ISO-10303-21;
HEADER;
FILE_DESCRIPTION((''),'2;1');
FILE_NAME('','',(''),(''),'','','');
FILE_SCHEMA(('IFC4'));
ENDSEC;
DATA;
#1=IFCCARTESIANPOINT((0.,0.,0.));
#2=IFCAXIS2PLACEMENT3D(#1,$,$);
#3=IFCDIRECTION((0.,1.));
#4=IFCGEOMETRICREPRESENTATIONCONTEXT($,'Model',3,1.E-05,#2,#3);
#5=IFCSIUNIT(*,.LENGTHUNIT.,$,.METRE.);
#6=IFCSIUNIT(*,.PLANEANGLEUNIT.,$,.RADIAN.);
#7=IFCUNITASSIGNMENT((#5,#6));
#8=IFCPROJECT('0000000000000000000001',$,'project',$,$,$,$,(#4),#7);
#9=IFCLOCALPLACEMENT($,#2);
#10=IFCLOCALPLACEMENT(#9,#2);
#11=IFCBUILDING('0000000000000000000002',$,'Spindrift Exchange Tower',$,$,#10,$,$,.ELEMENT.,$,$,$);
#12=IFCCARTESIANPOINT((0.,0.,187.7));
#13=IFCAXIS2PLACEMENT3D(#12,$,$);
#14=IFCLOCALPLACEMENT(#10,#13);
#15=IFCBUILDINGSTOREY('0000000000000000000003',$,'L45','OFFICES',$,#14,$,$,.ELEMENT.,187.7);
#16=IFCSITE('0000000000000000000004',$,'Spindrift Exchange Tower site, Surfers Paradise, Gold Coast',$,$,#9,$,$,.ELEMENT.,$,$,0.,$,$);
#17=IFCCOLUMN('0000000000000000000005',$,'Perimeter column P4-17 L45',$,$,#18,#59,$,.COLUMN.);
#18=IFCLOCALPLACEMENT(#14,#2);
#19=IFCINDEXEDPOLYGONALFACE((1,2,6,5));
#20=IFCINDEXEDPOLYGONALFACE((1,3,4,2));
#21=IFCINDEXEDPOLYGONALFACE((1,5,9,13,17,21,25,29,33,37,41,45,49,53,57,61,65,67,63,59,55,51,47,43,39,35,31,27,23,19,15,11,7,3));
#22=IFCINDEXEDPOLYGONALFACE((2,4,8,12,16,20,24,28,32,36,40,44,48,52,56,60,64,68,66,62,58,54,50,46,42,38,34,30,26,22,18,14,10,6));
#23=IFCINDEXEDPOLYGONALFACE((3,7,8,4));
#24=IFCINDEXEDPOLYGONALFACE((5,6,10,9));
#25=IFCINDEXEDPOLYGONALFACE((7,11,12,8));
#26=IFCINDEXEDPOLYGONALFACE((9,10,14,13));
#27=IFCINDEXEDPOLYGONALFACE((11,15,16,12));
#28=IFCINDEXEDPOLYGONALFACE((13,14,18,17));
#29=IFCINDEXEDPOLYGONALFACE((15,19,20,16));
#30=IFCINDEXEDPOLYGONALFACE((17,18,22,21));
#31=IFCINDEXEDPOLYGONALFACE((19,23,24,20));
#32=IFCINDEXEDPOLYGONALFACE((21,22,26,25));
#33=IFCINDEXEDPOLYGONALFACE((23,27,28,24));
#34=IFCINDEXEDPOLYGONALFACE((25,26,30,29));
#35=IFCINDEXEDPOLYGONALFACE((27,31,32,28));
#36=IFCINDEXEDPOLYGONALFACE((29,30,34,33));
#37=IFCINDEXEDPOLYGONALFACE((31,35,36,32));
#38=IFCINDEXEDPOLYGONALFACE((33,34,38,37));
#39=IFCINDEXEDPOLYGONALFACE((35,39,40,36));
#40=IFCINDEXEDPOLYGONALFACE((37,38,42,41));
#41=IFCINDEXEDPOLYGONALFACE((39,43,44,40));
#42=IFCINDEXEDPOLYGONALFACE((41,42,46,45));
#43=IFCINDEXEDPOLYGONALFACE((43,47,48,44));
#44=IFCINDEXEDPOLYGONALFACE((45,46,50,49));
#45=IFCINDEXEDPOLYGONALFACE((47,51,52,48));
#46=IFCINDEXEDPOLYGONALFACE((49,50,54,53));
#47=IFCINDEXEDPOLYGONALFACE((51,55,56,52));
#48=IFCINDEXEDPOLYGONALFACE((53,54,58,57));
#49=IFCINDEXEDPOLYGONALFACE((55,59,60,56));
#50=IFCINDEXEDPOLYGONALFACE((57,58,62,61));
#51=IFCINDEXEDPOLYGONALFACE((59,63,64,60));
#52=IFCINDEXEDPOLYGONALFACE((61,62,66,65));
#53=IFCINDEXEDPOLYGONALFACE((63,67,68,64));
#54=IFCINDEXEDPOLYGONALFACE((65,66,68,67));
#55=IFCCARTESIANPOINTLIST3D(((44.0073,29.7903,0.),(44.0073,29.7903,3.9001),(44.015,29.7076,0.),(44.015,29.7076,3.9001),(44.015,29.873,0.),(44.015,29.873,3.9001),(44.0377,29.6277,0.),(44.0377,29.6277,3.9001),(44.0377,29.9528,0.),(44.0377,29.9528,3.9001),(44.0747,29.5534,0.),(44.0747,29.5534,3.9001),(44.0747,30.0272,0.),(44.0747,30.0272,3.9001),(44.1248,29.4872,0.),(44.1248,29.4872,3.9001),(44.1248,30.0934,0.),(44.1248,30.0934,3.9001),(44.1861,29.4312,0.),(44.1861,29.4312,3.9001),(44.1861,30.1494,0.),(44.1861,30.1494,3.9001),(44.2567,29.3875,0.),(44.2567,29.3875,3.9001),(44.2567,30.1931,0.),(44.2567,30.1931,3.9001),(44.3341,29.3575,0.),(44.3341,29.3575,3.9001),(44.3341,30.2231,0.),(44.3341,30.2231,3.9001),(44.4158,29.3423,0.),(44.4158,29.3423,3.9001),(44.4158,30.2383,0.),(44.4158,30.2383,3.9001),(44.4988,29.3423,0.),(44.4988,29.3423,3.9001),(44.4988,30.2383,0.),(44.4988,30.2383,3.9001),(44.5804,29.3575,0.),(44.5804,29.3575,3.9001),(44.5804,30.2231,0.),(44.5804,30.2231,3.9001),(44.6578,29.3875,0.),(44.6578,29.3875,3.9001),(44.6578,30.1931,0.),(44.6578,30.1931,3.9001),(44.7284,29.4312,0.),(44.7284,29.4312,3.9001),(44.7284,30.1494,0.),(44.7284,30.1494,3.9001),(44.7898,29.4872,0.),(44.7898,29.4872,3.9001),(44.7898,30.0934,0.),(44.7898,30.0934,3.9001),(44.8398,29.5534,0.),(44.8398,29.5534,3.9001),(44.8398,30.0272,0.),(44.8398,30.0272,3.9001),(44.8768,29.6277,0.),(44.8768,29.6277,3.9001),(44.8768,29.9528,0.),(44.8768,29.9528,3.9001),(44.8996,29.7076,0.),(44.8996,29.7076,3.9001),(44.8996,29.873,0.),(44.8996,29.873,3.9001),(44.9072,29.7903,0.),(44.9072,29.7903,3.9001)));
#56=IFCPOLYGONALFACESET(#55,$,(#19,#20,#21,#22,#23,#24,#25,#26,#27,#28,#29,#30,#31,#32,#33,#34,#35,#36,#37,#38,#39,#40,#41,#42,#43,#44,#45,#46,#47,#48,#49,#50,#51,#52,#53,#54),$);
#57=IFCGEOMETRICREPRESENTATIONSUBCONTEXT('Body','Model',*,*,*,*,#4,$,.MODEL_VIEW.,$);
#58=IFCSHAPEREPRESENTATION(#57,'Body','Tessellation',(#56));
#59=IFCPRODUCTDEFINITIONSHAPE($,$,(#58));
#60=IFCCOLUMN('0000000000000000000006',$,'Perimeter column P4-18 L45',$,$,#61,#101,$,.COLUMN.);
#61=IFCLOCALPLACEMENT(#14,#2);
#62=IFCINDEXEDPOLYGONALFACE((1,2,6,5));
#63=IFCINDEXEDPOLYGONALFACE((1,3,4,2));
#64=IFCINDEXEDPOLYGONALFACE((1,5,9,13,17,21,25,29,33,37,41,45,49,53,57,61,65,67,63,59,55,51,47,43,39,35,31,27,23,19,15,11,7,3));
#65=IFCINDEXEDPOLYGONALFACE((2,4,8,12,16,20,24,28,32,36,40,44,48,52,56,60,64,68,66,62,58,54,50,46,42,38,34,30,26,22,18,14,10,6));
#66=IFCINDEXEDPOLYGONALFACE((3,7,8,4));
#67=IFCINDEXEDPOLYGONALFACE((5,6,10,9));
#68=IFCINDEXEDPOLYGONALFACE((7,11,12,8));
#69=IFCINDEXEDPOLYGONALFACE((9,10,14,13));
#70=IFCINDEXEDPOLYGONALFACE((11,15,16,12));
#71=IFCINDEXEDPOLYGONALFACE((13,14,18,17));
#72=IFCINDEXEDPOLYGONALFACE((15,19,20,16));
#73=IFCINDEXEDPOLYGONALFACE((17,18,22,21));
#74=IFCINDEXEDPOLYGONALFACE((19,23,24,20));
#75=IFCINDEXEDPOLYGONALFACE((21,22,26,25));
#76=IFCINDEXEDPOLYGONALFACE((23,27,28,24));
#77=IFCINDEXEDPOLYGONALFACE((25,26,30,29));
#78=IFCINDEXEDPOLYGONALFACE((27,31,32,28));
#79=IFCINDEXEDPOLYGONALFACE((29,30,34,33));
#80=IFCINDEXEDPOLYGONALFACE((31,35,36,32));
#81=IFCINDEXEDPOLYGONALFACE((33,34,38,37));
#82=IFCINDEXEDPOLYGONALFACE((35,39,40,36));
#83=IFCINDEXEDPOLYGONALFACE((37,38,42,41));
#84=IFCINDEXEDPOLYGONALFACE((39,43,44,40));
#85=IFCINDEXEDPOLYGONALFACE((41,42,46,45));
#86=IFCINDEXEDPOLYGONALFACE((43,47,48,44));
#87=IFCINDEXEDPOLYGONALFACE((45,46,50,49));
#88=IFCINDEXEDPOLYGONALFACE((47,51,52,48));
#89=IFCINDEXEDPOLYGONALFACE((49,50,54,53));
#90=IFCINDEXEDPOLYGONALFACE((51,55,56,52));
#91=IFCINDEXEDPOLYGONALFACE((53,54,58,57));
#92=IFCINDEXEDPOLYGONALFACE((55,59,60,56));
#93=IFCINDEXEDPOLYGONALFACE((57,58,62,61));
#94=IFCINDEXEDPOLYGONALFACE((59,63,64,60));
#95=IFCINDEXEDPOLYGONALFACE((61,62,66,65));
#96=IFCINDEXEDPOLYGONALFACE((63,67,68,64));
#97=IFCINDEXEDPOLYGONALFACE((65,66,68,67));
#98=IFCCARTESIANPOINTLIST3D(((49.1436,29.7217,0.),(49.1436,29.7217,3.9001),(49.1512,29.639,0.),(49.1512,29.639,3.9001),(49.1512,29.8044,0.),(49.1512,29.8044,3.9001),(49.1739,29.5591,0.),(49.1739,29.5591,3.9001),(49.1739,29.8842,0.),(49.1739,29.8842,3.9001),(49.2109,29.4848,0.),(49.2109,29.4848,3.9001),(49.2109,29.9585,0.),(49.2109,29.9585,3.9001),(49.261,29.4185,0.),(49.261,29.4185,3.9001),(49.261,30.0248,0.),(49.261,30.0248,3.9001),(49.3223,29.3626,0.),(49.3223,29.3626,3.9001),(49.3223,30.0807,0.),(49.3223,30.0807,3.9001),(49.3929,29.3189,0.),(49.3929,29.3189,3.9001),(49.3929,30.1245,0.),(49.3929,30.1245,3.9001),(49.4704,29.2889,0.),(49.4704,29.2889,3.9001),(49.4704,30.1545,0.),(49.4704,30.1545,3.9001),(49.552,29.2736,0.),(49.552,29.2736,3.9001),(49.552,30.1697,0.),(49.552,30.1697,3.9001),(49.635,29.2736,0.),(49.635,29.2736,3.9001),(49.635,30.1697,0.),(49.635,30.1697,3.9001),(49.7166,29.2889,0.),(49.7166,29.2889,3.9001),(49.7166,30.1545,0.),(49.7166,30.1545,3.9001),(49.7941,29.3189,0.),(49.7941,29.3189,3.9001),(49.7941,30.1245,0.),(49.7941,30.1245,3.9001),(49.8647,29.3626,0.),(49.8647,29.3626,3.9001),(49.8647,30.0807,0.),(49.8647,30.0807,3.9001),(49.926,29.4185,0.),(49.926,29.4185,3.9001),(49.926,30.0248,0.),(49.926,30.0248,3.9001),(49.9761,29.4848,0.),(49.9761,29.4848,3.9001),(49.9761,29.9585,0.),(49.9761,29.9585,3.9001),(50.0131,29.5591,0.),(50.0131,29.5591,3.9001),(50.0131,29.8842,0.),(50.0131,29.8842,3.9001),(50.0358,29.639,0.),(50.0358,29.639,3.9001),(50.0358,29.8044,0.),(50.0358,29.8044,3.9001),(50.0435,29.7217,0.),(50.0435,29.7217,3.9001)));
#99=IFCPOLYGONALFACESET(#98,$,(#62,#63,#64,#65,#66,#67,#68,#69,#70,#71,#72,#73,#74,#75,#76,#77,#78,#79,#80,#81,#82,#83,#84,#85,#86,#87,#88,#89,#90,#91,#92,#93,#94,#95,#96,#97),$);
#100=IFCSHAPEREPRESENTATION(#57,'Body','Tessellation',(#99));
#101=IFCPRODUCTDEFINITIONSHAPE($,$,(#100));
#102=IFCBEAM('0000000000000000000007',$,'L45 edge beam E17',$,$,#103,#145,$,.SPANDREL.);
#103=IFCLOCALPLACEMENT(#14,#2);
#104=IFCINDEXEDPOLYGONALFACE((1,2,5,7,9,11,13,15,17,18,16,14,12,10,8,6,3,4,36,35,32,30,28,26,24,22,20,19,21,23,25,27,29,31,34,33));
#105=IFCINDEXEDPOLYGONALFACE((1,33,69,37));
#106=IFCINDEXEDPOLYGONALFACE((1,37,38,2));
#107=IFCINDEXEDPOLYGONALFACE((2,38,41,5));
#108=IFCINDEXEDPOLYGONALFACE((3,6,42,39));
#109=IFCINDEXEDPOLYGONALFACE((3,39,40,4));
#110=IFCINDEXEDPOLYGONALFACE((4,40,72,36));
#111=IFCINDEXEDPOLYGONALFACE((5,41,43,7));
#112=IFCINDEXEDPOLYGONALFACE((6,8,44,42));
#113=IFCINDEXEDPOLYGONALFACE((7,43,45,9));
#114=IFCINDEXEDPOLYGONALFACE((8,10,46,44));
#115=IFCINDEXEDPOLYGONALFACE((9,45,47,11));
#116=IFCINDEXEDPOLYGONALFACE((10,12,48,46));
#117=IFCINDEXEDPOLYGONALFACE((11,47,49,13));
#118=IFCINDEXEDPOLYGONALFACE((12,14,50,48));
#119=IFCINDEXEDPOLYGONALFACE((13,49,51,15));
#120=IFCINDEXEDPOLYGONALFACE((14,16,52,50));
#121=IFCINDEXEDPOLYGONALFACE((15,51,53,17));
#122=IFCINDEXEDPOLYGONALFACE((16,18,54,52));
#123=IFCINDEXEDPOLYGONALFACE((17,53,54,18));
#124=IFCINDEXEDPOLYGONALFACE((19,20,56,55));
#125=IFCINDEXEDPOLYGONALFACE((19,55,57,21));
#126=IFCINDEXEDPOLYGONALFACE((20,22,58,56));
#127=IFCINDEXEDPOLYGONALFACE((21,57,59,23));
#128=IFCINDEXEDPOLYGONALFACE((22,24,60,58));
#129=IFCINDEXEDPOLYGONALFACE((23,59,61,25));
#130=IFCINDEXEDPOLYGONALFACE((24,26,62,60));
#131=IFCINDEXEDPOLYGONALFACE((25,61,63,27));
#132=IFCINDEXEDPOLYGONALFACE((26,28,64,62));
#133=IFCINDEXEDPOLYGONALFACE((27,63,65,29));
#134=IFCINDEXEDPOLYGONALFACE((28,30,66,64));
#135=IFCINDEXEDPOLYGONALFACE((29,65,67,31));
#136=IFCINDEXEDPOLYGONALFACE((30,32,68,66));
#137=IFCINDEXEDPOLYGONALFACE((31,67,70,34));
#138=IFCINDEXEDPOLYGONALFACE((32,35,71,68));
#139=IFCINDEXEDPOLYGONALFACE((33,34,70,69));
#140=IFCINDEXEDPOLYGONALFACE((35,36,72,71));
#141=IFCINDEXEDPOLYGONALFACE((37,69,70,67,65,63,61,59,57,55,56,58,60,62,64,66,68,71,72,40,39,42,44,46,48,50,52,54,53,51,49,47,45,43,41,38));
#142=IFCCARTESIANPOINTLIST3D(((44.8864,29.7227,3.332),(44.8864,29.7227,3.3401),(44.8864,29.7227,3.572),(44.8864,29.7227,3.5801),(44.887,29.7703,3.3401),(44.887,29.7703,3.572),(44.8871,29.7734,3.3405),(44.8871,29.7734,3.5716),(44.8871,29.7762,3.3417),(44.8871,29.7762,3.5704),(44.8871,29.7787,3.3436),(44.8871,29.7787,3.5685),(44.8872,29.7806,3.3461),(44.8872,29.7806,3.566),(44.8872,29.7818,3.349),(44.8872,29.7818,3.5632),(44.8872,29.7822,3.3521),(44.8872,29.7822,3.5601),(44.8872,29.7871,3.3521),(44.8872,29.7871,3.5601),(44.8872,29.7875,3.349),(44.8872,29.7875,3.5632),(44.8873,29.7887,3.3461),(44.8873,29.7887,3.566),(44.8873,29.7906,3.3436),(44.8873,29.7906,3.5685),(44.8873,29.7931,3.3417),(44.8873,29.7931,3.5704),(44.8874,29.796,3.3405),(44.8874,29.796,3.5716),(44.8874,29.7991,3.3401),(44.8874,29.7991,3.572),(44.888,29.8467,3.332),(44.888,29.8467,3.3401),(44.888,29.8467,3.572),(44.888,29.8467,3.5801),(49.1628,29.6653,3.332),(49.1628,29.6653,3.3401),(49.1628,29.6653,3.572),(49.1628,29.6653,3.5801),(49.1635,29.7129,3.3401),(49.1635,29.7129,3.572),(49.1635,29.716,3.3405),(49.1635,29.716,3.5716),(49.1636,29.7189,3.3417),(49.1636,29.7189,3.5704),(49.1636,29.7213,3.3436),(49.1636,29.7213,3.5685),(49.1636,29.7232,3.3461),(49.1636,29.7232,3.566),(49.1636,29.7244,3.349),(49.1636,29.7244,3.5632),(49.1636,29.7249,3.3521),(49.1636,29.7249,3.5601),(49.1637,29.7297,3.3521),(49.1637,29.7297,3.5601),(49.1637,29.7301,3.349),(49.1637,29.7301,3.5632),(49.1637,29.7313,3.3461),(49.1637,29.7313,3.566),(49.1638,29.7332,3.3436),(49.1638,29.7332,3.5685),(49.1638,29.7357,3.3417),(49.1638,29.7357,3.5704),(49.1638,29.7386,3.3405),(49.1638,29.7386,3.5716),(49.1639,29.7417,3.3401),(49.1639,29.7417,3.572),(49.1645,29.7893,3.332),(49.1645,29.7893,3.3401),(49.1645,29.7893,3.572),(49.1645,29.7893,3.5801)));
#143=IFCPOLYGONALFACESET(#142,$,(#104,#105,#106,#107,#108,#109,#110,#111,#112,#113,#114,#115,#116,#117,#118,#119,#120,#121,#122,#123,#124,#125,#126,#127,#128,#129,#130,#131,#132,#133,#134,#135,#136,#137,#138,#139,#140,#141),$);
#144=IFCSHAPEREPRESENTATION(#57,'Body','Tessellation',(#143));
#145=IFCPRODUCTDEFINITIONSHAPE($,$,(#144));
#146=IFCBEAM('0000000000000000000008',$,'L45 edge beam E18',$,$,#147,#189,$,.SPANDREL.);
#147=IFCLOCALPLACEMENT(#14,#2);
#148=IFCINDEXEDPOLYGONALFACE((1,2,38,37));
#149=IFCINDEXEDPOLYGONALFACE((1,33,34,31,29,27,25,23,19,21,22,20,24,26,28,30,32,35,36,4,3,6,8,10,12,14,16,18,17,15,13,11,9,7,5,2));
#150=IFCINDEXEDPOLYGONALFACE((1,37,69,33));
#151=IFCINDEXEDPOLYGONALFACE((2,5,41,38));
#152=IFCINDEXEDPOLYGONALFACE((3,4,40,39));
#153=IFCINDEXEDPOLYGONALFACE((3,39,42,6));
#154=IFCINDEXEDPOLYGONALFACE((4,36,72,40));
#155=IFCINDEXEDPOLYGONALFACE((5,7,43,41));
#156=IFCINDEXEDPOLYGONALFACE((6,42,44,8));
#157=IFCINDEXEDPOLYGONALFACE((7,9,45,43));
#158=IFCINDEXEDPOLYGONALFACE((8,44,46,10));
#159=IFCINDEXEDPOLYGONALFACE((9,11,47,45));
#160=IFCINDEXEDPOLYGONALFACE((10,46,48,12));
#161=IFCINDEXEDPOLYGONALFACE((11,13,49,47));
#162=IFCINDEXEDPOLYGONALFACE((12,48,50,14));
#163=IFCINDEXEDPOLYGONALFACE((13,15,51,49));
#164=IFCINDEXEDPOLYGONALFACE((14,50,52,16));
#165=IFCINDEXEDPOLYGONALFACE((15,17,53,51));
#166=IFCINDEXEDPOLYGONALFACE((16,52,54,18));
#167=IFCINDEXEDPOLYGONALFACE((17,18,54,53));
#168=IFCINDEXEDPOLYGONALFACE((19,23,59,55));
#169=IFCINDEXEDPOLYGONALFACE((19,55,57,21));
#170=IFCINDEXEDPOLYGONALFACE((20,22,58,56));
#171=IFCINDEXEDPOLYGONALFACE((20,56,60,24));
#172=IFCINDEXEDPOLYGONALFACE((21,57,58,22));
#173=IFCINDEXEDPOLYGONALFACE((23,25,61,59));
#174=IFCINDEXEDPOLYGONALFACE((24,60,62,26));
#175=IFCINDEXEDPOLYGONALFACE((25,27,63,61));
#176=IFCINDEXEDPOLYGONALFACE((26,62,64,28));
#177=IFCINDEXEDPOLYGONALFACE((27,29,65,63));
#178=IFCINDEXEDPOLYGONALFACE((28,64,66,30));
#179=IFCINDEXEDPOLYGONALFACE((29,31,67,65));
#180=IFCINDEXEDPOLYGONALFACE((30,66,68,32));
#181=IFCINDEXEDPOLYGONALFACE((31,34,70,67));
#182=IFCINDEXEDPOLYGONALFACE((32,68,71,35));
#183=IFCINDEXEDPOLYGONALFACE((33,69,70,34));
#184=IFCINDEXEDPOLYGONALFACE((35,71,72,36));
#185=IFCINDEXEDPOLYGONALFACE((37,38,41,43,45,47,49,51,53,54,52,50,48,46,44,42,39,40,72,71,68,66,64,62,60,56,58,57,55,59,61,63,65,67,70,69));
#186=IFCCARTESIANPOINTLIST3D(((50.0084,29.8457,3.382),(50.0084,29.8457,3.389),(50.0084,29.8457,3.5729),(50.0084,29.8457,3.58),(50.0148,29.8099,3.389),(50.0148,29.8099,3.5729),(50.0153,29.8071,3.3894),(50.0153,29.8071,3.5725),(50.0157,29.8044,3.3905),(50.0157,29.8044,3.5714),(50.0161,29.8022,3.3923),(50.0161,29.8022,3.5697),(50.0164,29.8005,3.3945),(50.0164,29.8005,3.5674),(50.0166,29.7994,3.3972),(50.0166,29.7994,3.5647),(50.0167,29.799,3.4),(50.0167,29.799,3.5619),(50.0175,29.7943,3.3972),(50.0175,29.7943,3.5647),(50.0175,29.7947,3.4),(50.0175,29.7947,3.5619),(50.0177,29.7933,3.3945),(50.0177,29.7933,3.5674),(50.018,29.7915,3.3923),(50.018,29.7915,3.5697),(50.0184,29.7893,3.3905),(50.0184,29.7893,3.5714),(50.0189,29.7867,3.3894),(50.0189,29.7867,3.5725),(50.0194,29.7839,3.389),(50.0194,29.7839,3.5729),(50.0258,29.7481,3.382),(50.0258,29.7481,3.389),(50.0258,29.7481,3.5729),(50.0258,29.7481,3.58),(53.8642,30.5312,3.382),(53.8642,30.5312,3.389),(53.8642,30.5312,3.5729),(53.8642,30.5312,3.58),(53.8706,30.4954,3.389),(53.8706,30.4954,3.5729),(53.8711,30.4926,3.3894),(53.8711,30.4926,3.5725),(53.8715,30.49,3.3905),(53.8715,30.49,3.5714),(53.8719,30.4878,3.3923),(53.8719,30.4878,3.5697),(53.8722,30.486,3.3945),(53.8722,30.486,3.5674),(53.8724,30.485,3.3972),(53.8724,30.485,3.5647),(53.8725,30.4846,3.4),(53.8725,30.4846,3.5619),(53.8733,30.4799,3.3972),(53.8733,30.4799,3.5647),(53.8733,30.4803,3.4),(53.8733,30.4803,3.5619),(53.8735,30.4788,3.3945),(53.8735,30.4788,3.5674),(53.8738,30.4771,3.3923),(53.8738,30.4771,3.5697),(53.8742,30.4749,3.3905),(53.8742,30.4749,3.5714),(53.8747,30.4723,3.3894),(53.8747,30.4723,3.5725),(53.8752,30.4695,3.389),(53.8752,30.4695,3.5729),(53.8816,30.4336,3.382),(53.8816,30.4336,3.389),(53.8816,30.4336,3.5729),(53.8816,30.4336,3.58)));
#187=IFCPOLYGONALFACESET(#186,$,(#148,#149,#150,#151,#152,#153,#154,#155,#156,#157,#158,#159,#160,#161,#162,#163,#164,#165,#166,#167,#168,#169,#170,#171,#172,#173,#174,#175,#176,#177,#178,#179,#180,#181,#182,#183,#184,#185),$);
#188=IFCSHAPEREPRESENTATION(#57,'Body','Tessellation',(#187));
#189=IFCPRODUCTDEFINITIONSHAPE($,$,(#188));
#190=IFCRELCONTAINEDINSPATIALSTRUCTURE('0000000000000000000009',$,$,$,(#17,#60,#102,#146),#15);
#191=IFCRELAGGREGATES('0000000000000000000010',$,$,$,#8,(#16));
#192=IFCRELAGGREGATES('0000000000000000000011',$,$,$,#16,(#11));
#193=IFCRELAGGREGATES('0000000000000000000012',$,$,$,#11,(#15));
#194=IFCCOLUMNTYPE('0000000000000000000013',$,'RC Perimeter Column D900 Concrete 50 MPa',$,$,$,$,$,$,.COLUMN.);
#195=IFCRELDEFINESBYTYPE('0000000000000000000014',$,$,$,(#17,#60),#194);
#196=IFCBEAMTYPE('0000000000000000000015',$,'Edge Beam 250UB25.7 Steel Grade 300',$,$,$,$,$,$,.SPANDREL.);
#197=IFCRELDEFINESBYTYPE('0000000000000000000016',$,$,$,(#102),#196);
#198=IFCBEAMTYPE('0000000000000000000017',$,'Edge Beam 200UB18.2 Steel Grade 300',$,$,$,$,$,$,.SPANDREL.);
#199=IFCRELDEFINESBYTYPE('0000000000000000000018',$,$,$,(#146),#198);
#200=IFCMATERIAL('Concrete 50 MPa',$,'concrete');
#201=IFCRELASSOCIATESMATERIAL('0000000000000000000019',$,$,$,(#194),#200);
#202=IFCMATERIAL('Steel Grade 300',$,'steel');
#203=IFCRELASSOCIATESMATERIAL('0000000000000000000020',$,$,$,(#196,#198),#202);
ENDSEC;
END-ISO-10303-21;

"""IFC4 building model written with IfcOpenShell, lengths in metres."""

from ifc_helpers import new_model, si_unit, direction, frame, origin, origin_2d, place, context, subcontext, project, spatial, circle, i_section, extrude, source, transform, mapped, material, material_profile, profile_set, type_object, element, save


model = new_model("IFC4")

# Units and contexts
model_context = context("Model", 3, precision=1e-05, world=origin(), true_north=direction((0.0, 1.0)))
body_context = subcontext(model_context, "Body", "Model", "MODEL_VIEW")
ifc_project = project(units=[si_unit("LENGTHUNIT", "METRE"), si_unit("PLANEANGLEUNIT", "RADIAN")], contexts=[model_context])

# Site, building, storey
site_placement = place(None, origin())
site = spatial("IfcSite", under=ifc_project, at=site_placement, Name="Spindrift Exchange Tower site, Surfers Paradise, Gold Coast", CompositionType="ELEMENT", RefElevation=0.0)
building_placement = place(site_placement, origin())
building = spatial("IfcBuilding", under=site, at=building_placement, Name="Spindrift Exchange Tower", CompositionType="ELEMENT")
storey_placement = place(building_placement, frame((0.0, 0.0, 187.7)))
storey = spatial("IfcBuildingStorey", under=building, at=storey_placement, Name="L45", Description="OFFICES", CompositionType="ELEMENT", Elevation=187.7)

# Columns
ifc_material_1 = material(Name="Concrete 50 MPa", Category="concrete")
ifc_material_profile_1 = material_profile(ifc_material_1, circle(Radius=0.45, at=origin_2d()), Name="RC D900")
ifc_profile_set_1 = profile_set([ifc_material_profile_1], Name="Concrete 50 MPa")
column_type = type_object("IfcColumnType", Name="RC Perimeter Column D900 Concrete 50 MPa", PredefinedType="COLUMN", material=ifc_profile_set_1)
shared_shape_1 = source(origin(), body_context, "Body", "SweptSolid", [
    extrude(circle(Radius=0.45, at=origin_2d()), origin(), (0.0, 0.0, 1.0), 3.9001),
])
for number, where, z_axis, x_axis, name in (
    (1, (44.4573, 29.7903, 0.0), (0.0, 0.0, 1.0), (1.0, 0.0, 0.0), "Perimeter column P4-17 L45"),
    (2, (49.5935, 29.7217, 0.0), (0.0, 0.0, 1.0), (1.0, 0.0, 0.0), "Perimeter column P4-18 L45"),
):
    element("IfcColumn", number, at=place(storey_placement, frame(where, z_axis=z_axis, x_axis=x_axis)), inside=storey, type_object=column_type, Name=name, PredefinedType="COLUMN", context=body_context, shape_type="MappedRepresentation", body=[
        mapped(shared_shape_1, transform((0.0, 0.0, 0.0), scale=1.0)),
    ])

# Beams
ifc_material_2 = material(Name="Steel Grade 300", Category="steel")
ifc_material_profile_2 = material_profile(ifc_material_2, i_section(OverallWidth=0.124, OverallDepth=0.248, WebThickness=0.0049, FlangeThickness=0.0081, FilletRadius=0.012, at=origin_2d()), Name="250UB25.7")
ifc_profile_set_2 = profile_set([ifc_material_profile_2], Name="Steel Grade 300")
beam_type_1 = type_object("IfcBeamType", Name="Edge Beam 250UB25.7 Steel Grade 300", PredefinedType="SPANDREL", material=ifc_profile_set_2)
shared_shape_2 = source(origin(), body_context, "Body", "SweptSolid", [
    extrude(i_section(OverallWidth=0.124, OverallDepth=0.248, WebThickness=0.0049, FlangeThickness=0.0081, FilletRadius=0.012, at=origin_2d()), origin(), (0.0, 0.0, 1.0), 4.2769),
])
beam_1_placement = place(storey_placement, frame((44.8872, 29.7847, 3.4561), z_axis=(0.99991, -0.013415, 0.0), x_axis=(0.013415, 0.99991, 0.0)))
element("IfcBeam", 3, at=beam_1_placement, inside=storey, type_object=beam_type_1, Name="L45 edge beam E17", PredefinedType="SPANDREL", context=body_context, shape_type="MappedRepresentation", body=[
    mapped(shared_shape_2, transform((0.0, 0.0, 0.0), scale=1.0)),
])
ifc_material_profile_3 = material_profile(ifc_material_2, i_section(OverallWidth=0.0991, OverallDepth=0.198, WebThickness=0.0044, FlangeThickness=0.0071, FilletRadius=0.011, at=origin_2d()), Name="200UB18.2")
ifc_profile_set_3 = profile_set([ifc_material_profile_3], Name="Steel Grade 300")
beam_type_2 = type_object("IfcBeamType", Name="Edge Beam 200UB18.2 Steel Grade 300", PredefinedType="SPANDREL", material=ifc_profile_set_3)
shared_shape_3 = source(origin(), body_context, "Body", "SweptSolid", [
    extrude(i_section(OverallWidth=0.0991, OverallDepth=0.198, WebThickness=0.0044, FlangeThickness=0.0071, FilletRadius=0.011, at=origin_2d()), origin(), (0.0, 0.0, 1.0), 3.9163),
])
beam_2_placement = place(storey_placement, frame((50.0171, 29.7969, 3.481), z_axis=(0.984559, 0.175055, 0.0), x_axis=(-0.175055, 0.984559, 0.0)))
element("IfcBeam", 4, at=beam_2_placement, inside=storey, type_object=beam_type_2, Name="L45 edge beam E18", PredefinedType="SPANDREL", context=body_context, shape_type="MappedRepresentation", body=[
    mapped(shared_shape_3, transform((0.0, 0.0, 0.0), scale=1.0)),
])

save(model, "model.ifc")
